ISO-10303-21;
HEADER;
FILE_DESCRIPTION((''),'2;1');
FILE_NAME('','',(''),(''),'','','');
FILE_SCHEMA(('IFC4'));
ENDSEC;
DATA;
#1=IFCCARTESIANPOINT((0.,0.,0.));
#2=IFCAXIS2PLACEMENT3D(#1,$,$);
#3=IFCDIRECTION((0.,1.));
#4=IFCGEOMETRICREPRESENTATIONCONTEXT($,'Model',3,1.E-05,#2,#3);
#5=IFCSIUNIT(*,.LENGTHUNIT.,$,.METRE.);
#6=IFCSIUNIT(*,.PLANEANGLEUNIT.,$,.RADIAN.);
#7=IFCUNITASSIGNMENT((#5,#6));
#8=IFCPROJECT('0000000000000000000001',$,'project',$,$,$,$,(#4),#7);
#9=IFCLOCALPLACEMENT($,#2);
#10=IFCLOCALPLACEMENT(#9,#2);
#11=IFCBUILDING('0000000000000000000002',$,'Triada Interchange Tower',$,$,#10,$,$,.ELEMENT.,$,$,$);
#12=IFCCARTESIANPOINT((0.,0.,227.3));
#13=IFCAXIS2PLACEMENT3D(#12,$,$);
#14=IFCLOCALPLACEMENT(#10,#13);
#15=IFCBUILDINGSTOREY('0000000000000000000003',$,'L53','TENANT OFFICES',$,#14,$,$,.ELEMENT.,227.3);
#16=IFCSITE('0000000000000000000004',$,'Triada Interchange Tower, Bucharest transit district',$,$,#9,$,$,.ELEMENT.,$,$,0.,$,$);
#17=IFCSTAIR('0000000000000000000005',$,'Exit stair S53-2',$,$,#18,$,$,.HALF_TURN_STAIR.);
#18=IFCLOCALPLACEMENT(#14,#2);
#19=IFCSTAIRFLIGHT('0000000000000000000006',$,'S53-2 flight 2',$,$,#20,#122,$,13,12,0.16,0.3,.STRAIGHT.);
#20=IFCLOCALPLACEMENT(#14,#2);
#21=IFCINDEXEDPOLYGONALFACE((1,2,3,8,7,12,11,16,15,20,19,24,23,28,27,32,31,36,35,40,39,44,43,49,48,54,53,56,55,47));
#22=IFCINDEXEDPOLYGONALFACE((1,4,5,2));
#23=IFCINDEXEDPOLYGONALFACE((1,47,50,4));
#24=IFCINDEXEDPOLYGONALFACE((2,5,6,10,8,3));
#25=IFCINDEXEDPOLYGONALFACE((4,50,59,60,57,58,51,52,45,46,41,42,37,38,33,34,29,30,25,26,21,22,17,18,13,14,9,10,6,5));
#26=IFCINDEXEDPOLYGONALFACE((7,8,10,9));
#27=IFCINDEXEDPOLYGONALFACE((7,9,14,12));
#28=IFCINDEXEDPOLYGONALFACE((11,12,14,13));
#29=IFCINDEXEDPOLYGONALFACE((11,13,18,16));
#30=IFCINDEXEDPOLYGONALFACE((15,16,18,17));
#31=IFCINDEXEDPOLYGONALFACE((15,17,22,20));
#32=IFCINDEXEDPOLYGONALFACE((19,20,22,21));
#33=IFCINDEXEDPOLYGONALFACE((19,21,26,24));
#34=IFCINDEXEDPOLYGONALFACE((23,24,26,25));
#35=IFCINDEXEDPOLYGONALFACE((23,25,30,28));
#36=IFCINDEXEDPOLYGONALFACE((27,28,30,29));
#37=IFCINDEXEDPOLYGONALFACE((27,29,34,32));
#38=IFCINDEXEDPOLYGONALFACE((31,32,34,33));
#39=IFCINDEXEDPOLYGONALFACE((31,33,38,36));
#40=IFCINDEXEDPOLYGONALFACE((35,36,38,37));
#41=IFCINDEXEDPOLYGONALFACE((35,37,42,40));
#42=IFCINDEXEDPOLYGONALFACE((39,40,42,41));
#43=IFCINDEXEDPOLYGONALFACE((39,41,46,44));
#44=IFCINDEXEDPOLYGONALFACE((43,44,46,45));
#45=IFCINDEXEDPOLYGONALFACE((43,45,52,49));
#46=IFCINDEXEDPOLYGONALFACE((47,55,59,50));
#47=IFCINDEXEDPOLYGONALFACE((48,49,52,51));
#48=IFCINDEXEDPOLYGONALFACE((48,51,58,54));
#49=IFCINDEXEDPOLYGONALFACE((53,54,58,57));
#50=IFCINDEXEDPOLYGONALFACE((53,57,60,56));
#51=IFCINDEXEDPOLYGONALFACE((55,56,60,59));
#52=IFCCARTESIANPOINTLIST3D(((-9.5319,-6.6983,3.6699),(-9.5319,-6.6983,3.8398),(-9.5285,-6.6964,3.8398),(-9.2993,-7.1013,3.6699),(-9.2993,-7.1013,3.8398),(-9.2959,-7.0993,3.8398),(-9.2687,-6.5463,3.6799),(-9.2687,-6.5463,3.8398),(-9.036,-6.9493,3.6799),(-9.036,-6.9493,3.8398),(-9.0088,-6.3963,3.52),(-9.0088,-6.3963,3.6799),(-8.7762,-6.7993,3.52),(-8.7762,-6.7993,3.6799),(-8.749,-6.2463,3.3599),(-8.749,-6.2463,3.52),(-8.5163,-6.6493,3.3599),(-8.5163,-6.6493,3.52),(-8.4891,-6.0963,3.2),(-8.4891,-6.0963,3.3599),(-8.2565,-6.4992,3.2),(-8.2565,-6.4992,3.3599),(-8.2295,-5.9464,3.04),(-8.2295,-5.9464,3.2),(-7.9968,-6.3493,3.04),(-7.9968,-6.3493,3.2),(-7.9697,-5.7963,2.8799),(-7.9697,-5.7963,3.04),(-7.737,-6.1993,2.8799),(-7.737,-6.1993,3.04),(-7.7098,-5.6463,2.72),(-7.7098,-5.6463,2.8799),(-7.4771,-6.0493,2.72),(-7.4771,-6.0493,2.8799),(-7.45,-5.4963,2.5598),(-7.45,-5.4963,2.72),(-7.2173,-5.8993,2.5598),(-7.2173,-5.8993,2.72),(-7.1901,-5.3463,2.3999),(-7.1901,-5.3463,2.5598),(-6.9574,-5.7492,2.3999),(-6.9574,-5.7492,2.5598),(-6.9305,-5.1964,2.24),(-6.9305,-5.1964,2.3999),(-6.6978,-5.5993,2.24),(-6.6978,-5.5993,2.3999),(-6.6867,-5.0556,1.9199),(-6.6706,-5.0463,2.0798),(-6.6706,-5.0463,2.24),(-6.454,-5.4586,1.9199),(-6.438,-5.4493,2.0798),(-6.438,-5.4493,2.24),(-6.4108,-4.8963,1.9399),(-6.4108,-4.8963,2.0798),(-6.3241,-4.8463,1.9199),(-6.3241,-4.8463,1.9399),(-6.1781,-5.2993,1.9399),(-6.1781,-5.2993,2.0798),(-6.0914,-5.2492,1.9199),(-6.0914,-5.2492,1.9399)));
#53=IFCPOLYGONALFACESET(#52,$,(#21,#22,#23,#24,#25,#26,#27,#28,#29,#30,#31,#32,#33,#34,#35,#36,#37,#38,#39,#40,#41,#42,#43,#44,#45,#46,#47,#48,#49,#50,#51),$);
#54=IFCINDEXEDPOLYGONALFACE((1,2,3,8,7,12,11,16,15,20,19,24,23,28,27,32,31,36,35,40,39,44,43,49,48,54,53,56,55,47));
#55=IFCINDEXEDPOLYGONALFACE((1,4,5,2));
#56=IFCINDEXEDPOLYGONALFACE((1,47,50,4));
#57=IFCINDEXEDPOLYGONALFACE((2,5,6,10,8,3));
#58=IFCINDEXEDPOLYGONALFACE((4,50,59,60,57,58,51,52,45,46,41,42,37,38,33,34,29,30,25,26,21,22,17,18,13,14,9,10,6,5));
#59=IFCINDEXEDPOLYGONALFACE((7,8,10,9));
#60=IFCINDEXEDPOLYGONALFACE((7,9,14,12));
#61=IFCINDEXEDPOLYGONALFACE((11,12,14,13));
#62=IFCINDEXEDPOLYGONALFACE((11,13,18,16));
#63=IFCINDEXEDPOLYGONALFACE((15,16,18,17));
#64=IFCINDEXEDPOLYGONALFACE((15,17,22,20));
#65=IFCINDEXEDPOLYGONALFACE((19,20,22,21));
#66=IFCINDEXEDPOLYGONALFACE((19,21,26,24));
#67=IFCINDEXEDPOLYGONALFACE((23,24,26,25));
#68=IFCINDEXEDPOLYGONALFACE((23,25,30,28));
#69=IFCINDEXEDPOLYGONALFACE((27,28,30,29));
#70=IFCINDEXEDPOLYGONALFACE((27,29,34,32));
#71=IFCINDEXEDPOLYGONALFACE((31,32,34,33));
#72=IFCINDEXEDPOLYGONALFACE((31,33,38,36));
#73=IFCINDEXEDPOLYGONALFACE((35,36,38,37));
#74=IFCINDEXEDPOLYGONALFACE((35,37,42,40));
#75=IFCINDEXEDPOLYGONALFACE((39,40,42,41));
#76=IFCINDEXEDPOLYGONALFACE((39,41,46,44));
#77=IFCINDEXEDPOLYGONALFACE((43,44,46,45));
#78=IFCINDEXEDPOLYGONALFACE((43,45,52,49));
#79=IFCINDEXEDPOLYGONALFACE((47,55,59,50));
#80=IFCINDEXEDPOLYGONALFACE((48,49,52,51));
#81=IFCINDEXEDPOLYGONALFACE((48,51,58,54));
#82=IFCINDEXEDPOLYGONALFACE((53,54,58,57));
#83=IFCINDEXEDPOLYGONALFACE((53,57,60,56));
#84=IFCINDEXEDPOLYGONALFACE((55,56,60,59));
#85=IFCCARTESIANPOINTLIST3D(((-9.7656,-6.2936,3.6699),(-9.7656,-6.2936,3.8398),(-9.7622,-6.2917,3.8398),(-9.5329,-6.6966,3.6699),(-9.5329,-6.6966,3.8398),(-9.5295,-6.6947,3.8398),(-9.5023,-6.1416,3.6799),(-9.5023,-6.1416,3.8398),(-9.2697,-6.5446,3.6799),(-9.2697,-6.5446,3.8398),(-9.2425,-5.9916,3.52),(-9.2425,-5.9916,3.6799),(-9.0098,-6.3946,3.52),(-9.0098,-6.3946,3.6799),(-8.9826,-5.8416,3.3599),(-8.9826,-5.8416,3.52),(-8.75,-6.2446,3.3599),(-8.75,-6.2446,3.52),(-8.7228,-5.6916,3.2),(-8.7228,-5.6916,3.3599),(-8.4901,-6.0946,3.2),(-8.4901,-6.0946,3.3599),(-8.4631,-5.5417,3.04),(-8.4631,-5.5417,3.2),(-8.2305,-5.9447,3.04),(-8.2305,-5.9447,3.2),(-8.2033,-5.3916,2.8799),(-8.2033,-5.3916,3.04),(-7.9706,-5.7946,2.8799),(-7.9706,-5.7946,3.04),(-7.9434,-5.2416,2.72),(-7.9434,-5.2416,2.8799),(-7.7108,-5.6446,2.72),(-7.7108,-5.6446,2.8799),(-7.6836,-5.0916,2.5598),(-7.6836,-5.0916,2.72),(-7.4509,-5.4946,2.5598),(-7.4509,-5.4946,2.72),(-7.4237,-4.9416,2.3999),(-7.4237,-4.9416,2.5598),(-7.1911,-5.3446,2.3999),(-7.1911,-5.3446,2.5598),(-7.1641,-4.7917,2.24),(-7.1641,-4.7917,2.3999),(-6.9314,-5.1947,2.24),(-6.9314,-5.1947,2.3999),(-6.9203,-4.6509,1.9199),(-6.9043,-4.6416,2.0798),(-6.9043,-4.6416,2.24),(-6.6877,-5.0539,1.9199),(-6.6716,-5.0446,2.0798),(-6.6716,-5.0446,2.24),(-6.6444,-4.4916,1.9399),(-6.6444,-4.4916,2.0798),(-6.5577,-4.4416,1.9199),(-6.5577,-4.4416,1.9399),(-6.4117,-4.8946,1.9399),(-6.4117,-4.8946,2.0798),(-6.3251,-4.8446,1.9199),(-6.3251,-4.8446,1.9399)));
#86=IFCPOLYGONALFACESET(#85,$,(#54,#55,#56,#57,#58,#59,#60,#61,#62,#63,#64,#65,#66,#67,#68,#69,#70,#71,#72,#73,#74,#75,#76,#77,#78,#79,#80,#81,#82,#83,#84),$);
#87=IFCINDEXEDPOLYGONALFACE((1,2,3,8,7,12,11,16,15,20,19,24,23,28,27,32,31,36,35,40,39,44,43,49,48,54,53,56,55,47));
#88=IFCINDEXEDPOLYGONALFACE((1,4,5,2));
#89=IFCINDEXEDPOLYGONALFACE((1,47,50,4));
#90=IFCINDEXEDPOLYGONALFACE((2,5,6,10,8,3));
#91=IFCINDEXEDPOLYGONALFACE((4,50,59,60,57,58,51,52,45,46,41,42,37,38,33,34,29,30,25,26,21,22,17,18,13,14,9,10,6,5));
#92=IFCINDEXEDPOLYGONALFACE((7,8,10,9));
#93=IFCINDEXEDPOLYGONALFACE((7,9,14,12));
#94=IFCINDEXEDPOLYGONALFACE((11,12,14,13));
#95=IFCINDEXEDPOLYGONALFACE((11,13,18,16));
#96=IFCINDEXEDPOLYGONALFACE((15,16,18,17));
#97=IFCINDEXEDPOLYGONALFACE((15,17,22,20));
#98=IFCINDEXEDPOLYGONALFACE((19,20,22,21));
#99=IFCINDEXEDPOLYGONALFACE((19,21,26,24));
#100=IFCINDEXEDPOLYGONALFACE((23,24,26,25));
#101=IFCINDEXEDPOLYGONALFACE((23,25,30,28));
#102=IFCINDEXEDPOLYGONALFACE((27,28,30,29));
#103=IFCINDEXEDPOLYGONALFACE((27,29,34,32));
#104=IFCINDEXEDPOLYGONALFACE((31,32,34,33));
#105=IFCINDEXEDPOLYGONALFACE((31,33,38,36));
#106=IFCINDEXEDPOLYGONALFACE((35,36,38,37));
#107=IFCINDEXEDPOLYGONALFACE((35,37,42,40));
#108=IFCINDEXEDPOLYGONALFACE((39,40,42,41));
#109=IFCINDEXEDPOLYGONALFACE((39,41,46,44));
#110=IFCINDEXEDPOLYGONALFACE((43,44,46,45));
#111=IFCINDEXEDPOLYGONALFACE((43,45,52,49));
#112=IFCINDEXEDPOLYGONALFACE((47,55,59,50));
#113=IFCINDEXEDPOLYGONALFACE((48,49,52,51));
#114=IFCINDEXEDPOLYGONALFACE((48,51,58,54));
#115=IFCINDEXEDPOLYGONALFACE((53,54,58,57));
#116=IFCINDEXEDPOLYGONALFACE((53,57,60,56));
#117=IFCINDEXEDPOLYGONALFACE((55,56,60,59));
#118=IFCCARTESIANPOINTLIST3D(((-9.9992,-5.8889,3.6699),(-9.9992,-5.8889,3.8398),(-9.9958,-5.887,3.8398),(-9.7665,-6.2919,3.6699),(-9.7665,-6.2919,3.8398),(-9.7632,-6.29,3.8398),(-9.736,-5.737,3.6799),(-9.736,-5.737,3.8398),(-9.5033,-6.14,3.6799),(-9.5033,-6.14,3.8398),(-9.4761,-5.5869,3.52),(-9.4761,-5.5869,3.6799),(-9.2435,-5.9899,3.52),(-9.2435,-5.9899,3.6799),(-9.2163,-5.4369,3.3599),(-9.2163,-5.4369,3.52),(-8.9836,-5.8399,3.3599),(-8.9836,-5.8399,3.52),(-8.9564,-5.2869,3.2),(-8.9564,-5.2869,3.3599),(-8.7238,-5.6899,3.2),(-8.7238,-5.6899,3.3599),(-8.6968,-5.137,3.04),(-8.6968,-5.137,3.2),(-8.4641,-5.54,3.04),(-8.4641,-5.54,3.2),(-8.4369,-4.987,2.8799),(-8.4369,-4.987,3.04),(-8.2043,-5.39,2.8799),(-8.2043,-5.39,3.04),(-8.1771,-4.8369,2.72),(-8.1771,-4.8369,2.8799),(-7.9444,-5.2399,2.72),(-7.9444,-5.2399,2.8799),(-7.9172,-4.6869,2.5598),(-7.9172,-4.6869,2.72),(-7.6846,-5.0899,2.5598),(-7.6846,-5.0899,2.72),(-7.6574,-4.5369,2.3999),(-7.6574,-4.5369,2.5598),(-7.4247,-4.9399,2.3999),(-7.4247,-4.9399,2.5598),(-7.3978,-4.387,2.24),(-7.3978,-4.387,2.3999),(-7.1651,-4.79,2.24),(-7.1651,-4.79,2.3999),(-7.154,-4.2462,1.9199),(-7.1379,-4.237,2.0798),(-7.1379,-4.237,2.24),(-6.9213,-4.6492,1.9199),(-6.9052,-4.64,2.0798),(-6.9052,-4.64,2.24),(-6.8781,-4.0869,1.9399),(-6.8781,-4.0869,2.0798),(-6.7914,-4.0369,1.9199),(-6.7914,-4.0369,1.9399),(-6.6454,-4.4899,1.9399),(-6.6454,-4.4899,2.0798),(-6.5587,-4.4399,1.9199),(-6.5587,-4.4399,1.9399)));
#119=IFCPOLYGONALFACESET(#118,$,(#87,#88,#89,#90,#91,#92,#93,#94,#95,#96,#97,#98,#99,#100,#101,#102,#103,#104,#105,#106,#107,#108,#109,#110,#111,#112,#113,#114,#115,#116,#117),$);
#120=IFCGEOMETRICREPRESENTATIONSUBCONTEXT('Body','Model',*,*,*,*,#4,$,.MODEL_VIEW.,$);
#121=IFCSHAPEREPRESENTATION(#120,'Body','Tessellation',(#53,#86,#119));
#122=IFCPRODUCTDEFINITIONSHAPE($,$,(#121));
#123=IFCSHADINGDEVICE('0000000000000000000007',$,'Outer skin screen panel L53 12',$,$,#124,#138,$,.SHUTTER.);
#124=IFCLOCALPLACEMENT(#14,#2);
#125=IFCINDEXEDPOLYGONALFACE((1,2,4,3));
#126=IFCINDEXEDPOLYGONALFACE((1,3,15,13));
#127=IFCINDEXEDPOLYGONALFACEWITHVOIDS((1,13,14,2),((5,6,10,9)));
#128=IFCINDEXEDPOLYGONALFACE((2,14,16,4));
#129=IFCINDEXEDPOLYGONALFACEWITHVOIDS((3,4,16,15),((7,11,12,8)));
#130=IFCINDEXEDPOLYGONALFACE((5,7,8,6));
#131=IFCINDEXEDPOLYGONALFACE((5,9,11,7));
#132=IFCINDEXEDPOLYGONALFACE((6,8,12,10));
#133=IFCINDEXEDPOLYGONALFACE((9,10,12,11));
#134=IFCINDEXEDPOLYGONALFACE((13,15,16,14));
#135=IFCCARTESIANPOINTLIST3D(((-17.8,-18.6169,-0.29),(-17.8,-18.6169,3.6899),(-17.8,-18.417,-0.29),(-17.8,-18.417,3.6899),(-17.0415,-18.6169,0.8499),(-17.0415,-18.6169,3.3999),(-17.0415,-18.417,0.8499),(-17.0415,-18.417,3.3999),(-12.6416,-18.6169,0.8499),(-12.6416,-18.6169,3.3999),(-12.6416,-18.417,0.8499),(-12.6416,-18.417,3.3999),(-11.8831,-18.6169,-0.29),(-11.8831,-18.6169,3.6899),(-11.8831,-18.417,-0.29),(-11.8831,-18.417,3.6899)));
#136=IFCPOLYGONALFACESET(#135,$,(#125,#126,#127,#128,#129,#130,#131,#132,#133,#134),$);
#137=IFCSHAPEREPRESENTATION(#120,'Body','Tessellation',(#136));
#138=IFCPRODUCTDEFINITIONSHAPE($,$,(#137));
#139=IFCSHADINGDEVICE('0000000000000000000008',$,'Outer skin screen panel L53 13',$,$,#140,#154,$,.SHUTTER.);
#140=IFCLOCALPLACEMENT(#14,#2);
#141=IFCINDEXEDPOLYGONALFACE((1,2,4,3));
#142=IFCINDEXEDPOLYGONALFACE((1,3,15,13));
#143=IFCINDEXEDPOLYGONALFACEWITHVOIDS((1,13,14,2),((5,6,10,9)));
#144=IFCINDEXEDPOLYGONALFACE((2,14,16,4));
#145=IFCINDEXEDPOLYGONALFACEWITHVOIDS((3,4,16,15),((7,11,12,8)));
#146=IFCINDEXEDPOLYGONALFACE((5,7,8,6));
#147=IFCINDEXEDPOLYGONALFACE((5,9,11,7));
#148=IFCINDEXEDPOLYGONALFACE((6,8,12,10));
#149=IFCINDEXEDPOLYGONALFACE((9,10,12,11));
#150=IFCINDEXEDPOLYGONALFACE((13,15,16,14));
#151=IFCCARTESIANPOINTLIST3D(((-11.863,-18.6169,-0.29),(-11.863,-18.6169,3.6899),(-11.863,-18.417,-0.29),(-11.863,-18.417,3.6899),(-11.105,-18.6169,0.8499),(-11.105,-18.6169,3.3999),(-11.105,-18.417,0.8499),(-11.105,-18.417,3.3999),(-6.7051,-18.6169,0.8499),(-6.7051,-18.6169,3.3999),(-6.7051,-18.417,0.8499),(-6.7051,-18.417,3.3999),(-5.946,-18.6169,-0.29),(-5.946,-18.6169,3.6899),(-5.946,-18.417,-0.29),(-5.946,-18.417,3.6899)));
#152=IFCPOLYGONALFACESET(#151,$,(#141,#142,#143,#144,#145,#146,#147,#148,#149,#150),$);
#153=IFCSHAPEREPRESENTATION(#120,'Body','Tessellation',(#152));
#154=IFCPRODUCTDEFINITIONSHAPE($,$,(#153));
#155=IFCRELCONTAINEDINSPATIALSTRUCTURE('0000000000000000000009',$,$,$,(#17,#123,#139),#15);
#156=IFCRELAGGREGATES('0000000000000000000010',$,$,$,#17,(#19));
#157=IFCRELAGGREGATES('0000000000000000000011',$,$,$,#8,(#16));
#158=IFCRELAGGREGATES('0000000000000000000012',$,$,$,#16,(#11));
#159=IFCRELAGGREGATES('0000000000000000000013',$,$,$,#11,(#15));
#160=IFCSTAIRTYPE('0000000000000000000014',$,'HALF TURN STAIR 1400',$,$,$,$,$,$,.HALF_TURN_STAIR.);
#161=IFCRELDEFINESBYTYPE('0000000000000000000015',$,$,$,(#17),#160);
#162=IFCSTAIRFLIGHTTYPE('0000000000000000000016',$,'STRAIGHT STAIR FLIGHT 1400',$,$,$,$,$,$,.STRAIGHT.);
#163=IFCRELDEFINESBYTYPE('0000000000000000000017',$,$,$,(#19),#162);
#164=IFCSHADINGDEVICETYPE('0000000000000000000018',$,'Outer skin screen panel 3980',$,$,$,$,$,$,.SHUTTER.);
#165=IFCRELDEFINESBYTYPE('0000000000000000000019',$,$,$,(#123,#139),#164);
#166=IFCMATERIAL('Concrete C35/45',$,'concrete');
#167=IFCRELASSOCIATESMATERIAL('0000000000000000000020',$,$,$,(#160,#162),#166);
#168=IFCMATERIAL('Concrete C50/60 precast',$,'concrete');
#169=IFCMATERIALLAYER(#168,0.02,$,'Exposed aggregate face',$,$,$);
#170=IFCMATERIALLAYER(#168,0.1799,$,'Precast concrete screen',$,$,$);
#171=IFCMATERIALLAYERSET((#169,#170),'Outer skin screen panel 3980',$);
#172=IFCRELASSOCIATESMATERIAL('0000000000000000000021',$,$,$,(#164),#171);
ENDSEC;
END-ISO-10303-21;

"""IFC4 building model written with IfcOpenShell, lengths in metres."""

from ifc_helpers import new_model, si_unit, direction, frame, origin, place, context, subcontext, project, spatial, polyline, outline, extrude, material, layer, layer_set, type_object, element, aggregate, save


model = new_model("IFC4")

# Units and contexts
model_context = context("Model", 3, precision=1e-05, world=origin(), true_north=direction((0.0, 1.0)))
body_context = subcontext(model_context, "Body", "Model", "MODEL_VIEW")
ifc_project = project(units=[si_unit("LENGTHUNIT", "METRE"), si_unit("PLANEANGLEUNIT", "RADIAN")], contexts=[model_context])

# Site, building, storey
site_placement = place(None, origin())
site = spatial("IfcSite", under=ifc_project, at=site_placement, Name="Triada Interchange Tower, Bucharest transit district", CompositionType="ELEMENT", RefElevation=0.0)
building_placement = place(site_placement, origin())
building = spatial("IfcBuilding", under=site, at=building_placement, Name="Triada Interchange Tower", CompositionType="ELEMENT")
storey_placement = place(building_placement, frame((0.0, 0.0, 227.3)))
storey = spatial("IfcBuildingStorey", under=building, at=storey_placement, Name="L53", Description="TENANT OFFICES", CompositionType="ELEMENT", Elevation=227.3)

# Stair, stair flight
ifc_material_1 = material(Name="Concrete C35/45", Category="concrete")
stair_type = type_object("IfcStairType", Name="HALF TURN STAIR 1400", PredefinedType="HALF_TURN_STAIR", material=ifc_material_1)
stair_placement = place(storey_placement, origin())
stair = element("IfcStair", 1, at=stair_placement, inside=storey, type_object=stair_type, Name="Exit stair S53-2", PredefinedType="HALF_TURN_STAIR")
stair_flight_type = type_object("IfcStairFlightType", Name="STRAIGHT STAIR FLIGHT 1400", PredefinedType="STRAIGHT", material=ifc_material_1)
stair_flight_1_placement = place(storey_placement, frame((-6.5281, -4.6931, 1.9199), z_axis=(0.0, 0.0, 1.0), x_axis=(-0.866025, -0.5, 0.0)))
stair_flight_1 = element("IfcStairFlight", 2, at=stair_flight_1_placement, type_object=stair_flight_type, Name="S53-2 flight 2", NumberOfRisers=13, NumberOfTreads=12, PredefinedType="STRAIGHT", RiserHeight=0.16, TreadLength=0.3, context=body_context, shape_type="SweptSolid", body=[
    extrude(outline(polyline([(-0.1001, 0.0), (-0.1001, 0.02), (0.0, 0.02), (0.0, 0.1599), (0.3, 0.1599), (0.3, 0.3201), (0.6001, 0.3201), (0.6001, 0.48), (0.8999, 0.48), (0.8999, 0.6399), (1.2, 0.6399), (1.2, 0.8), (1.5, 0.8), (1.5, 0.96), (1.8, 0.96), (1.8, 1.1201), (2.1001, 1.1201), (2.1001, 1.28), (2.3999, 1.28), (2.3999, 1.4399), (2.7, 1.4399), (2.7, 1.6001), (3.0, 1.6001), (3.0, 1.76), (3.3, 1.76), (3.3, 1.9199), (3.6001, 1.9199), (3.604, 1.9199), (3.604, 2.0801), (3.604, 1.75), (0.3186, 0.0), (-0.1001, 0.0)])), frame((0.0, 0.7, 0.0), z_axis=(0.0, -1.0, 0.0), x_axis=(1.0, 0.0, 0.0)), (0.0, 0.0, 1.0), 0.4653),
    extrude(outline(polyline([(-0.1001, 0.0), (-0.1001, 0.02), (0.0, 0.02), (0.0, 0.1599), (0.3, 0.1599), (0.3, 0.3201), (0.6001, 0.3201), (0.6001, 0.48), (0.8999, 0.48), (0.8999, 0.6399), (1.2, 0.6399), (1.2, 0.8), (1.5, 0.8), (1.5, 0.96), (1.8, 0.96), (1.8, 1.1201), (2.1001, 1.1201), (2.1001, 1.28), (2.3999, 1.28), (2.3999, 1.4399), (2.7, 1.4399), (2.7, 1.6001), (3.0, 1.6001), (3.0, 1.76), (3.3, 1.76), (3.3, 1.9199), (3.6001, 1.9199), (3.604, 1.9199), (3.604, 2.0801), (3.604, 1.75), (0.3186, 0.0), (-0.1001, 0.0)])), frame((0.0, 0.2327, 0.0), z_axis=(0.0, -1.0, 0.0), x_axis=(1.0, 0.0, 0.0)), (0.0, 0.0, 1.0), 0.4653),
    extrude(outline(polyline([(-0.1001, 0.0), (-0.1001, 0.02), (0.0, 0.02), (0.0, 0.1599), (0.3, 0.1599), (0.3, 0.3201), (0.6001, 0.3201), (0.6001, 0.48), (0.8999, 0.48), (0.8999, 0.6399), (1.2, 0.6399), (1.2, 0.8), (1.5, 0.8), (1.5, 0.96), (1.8, 0.96), (1.8, 1.1201), (2.1001, 1.1201), (2.1001, 1.28), (2.3999, 1.28), (2.3999, 1.4399), (2.7, 1.4399), (2.7, 1.6001), (3.0, 1.6001), (3.0, 1.76), (3.3, 1.76), (3.3, 1.9199), (3.6001, 1.9199), (3.604, 1.9199), (3.604, 2.0801), (3.604, 1.75), (0.3186, 0.0), (-0.1001, 0.0)])), frame((0.0, -0.2346, 0.0), z_axis=(0.0, -1.0, 0.0), x_axis=(1.0, 0.0, 0.0)), (0.0, 0.0, 1.0), 0.4653),
])

# Shading devices
ifc_material_2 = material(Name="Concrete C50/60 precast", Category="concrete")
ifc_layer_1 = layer(ifc_material_2, 0.02, Name="Exposed aggregate face")
ifc_layer_2 = layer(ifc_material_2, 0.1799, Name="Precast concrete screen")
ifc_layer_set_1 = layer_set([ifc_layer_1, ifc_layer_2], Name="Outer skin screen panel 3980")
shading_device_type = type_object("IfcShadingDeviceType", Name="Outer skin screen panel 3980", PredefinedType="SHUTTER", material=ifc_layer_set_1)
shading_device_1_placement = place(storey_placement, frame((-17.8, -18.417, -0.29), z_axis=(0.0, 0.0, 1.0), x_axis=(1.0, 0.0, 0.0)))
element("IfcShadingDevice", 3, at=shading_device_1_placement, inside=storey, type_object=shading_device_type, Name="Outer skin screen panel L53 12", PredefinedType="SHUTTER", context=body_context, shape_type="SweptSolid", body=[
    extrude(outline(polyline([(0.0, 0.0), (5.917, 0.0), (5.917, 3.98), (0.0, 3.98), (0.0, 0.0)]), holes=[polyline([(0.7585, 1.1399), (0.7585, 3.6899), (5.1584, 3.6899), (5.1584, 1.1399), (0.7585, 1.1399)])]), frame((0.0, 0.0, 0.0), z_axis=(0.0, -1.0, 0.0), x_axis=(1.0, 0.0, 0.0)), (0.0, 0.0, 1.0), 0.2),
])
shading_device_2_placement = place(storey_placement, frame((-11.863, -18.417, -0.29), z_axis=(0.0, 0.0, 1.0), x_axis=(1.0, 0.0, 0.0)))
element("IfcShadingDevice", 4, at=shading_device_2_placement, inside=storey, type_object=shading_device_type, Name="Outer skin screen panel L53 13", PredefinedType="SHUTTER", context=body_context, shape_type="SweptSolid", body=[
    extrude(outline(polyline([(0.0, 0.0), (5.917, 0.0), (5.917, 3.98), (0.0, 3.98), (0.0, 0.0)]), holes=[polyline([(0.7581, 1.1399), (0.7581, 3.6899), (5.158, 3.6899), (5.158, 1.1399), (0.7581, 1.1399)])]), frame((0.0, 0.0, 0.0), z_axis=(0.0, -1.0, 0.0), x_axis=(1.0, 0.0, 0.0)), (0.0, 0.0, 1.0), 0.2),
])

aggregate(stair, [stair_flight_1])

save(model, "model.ifc")
